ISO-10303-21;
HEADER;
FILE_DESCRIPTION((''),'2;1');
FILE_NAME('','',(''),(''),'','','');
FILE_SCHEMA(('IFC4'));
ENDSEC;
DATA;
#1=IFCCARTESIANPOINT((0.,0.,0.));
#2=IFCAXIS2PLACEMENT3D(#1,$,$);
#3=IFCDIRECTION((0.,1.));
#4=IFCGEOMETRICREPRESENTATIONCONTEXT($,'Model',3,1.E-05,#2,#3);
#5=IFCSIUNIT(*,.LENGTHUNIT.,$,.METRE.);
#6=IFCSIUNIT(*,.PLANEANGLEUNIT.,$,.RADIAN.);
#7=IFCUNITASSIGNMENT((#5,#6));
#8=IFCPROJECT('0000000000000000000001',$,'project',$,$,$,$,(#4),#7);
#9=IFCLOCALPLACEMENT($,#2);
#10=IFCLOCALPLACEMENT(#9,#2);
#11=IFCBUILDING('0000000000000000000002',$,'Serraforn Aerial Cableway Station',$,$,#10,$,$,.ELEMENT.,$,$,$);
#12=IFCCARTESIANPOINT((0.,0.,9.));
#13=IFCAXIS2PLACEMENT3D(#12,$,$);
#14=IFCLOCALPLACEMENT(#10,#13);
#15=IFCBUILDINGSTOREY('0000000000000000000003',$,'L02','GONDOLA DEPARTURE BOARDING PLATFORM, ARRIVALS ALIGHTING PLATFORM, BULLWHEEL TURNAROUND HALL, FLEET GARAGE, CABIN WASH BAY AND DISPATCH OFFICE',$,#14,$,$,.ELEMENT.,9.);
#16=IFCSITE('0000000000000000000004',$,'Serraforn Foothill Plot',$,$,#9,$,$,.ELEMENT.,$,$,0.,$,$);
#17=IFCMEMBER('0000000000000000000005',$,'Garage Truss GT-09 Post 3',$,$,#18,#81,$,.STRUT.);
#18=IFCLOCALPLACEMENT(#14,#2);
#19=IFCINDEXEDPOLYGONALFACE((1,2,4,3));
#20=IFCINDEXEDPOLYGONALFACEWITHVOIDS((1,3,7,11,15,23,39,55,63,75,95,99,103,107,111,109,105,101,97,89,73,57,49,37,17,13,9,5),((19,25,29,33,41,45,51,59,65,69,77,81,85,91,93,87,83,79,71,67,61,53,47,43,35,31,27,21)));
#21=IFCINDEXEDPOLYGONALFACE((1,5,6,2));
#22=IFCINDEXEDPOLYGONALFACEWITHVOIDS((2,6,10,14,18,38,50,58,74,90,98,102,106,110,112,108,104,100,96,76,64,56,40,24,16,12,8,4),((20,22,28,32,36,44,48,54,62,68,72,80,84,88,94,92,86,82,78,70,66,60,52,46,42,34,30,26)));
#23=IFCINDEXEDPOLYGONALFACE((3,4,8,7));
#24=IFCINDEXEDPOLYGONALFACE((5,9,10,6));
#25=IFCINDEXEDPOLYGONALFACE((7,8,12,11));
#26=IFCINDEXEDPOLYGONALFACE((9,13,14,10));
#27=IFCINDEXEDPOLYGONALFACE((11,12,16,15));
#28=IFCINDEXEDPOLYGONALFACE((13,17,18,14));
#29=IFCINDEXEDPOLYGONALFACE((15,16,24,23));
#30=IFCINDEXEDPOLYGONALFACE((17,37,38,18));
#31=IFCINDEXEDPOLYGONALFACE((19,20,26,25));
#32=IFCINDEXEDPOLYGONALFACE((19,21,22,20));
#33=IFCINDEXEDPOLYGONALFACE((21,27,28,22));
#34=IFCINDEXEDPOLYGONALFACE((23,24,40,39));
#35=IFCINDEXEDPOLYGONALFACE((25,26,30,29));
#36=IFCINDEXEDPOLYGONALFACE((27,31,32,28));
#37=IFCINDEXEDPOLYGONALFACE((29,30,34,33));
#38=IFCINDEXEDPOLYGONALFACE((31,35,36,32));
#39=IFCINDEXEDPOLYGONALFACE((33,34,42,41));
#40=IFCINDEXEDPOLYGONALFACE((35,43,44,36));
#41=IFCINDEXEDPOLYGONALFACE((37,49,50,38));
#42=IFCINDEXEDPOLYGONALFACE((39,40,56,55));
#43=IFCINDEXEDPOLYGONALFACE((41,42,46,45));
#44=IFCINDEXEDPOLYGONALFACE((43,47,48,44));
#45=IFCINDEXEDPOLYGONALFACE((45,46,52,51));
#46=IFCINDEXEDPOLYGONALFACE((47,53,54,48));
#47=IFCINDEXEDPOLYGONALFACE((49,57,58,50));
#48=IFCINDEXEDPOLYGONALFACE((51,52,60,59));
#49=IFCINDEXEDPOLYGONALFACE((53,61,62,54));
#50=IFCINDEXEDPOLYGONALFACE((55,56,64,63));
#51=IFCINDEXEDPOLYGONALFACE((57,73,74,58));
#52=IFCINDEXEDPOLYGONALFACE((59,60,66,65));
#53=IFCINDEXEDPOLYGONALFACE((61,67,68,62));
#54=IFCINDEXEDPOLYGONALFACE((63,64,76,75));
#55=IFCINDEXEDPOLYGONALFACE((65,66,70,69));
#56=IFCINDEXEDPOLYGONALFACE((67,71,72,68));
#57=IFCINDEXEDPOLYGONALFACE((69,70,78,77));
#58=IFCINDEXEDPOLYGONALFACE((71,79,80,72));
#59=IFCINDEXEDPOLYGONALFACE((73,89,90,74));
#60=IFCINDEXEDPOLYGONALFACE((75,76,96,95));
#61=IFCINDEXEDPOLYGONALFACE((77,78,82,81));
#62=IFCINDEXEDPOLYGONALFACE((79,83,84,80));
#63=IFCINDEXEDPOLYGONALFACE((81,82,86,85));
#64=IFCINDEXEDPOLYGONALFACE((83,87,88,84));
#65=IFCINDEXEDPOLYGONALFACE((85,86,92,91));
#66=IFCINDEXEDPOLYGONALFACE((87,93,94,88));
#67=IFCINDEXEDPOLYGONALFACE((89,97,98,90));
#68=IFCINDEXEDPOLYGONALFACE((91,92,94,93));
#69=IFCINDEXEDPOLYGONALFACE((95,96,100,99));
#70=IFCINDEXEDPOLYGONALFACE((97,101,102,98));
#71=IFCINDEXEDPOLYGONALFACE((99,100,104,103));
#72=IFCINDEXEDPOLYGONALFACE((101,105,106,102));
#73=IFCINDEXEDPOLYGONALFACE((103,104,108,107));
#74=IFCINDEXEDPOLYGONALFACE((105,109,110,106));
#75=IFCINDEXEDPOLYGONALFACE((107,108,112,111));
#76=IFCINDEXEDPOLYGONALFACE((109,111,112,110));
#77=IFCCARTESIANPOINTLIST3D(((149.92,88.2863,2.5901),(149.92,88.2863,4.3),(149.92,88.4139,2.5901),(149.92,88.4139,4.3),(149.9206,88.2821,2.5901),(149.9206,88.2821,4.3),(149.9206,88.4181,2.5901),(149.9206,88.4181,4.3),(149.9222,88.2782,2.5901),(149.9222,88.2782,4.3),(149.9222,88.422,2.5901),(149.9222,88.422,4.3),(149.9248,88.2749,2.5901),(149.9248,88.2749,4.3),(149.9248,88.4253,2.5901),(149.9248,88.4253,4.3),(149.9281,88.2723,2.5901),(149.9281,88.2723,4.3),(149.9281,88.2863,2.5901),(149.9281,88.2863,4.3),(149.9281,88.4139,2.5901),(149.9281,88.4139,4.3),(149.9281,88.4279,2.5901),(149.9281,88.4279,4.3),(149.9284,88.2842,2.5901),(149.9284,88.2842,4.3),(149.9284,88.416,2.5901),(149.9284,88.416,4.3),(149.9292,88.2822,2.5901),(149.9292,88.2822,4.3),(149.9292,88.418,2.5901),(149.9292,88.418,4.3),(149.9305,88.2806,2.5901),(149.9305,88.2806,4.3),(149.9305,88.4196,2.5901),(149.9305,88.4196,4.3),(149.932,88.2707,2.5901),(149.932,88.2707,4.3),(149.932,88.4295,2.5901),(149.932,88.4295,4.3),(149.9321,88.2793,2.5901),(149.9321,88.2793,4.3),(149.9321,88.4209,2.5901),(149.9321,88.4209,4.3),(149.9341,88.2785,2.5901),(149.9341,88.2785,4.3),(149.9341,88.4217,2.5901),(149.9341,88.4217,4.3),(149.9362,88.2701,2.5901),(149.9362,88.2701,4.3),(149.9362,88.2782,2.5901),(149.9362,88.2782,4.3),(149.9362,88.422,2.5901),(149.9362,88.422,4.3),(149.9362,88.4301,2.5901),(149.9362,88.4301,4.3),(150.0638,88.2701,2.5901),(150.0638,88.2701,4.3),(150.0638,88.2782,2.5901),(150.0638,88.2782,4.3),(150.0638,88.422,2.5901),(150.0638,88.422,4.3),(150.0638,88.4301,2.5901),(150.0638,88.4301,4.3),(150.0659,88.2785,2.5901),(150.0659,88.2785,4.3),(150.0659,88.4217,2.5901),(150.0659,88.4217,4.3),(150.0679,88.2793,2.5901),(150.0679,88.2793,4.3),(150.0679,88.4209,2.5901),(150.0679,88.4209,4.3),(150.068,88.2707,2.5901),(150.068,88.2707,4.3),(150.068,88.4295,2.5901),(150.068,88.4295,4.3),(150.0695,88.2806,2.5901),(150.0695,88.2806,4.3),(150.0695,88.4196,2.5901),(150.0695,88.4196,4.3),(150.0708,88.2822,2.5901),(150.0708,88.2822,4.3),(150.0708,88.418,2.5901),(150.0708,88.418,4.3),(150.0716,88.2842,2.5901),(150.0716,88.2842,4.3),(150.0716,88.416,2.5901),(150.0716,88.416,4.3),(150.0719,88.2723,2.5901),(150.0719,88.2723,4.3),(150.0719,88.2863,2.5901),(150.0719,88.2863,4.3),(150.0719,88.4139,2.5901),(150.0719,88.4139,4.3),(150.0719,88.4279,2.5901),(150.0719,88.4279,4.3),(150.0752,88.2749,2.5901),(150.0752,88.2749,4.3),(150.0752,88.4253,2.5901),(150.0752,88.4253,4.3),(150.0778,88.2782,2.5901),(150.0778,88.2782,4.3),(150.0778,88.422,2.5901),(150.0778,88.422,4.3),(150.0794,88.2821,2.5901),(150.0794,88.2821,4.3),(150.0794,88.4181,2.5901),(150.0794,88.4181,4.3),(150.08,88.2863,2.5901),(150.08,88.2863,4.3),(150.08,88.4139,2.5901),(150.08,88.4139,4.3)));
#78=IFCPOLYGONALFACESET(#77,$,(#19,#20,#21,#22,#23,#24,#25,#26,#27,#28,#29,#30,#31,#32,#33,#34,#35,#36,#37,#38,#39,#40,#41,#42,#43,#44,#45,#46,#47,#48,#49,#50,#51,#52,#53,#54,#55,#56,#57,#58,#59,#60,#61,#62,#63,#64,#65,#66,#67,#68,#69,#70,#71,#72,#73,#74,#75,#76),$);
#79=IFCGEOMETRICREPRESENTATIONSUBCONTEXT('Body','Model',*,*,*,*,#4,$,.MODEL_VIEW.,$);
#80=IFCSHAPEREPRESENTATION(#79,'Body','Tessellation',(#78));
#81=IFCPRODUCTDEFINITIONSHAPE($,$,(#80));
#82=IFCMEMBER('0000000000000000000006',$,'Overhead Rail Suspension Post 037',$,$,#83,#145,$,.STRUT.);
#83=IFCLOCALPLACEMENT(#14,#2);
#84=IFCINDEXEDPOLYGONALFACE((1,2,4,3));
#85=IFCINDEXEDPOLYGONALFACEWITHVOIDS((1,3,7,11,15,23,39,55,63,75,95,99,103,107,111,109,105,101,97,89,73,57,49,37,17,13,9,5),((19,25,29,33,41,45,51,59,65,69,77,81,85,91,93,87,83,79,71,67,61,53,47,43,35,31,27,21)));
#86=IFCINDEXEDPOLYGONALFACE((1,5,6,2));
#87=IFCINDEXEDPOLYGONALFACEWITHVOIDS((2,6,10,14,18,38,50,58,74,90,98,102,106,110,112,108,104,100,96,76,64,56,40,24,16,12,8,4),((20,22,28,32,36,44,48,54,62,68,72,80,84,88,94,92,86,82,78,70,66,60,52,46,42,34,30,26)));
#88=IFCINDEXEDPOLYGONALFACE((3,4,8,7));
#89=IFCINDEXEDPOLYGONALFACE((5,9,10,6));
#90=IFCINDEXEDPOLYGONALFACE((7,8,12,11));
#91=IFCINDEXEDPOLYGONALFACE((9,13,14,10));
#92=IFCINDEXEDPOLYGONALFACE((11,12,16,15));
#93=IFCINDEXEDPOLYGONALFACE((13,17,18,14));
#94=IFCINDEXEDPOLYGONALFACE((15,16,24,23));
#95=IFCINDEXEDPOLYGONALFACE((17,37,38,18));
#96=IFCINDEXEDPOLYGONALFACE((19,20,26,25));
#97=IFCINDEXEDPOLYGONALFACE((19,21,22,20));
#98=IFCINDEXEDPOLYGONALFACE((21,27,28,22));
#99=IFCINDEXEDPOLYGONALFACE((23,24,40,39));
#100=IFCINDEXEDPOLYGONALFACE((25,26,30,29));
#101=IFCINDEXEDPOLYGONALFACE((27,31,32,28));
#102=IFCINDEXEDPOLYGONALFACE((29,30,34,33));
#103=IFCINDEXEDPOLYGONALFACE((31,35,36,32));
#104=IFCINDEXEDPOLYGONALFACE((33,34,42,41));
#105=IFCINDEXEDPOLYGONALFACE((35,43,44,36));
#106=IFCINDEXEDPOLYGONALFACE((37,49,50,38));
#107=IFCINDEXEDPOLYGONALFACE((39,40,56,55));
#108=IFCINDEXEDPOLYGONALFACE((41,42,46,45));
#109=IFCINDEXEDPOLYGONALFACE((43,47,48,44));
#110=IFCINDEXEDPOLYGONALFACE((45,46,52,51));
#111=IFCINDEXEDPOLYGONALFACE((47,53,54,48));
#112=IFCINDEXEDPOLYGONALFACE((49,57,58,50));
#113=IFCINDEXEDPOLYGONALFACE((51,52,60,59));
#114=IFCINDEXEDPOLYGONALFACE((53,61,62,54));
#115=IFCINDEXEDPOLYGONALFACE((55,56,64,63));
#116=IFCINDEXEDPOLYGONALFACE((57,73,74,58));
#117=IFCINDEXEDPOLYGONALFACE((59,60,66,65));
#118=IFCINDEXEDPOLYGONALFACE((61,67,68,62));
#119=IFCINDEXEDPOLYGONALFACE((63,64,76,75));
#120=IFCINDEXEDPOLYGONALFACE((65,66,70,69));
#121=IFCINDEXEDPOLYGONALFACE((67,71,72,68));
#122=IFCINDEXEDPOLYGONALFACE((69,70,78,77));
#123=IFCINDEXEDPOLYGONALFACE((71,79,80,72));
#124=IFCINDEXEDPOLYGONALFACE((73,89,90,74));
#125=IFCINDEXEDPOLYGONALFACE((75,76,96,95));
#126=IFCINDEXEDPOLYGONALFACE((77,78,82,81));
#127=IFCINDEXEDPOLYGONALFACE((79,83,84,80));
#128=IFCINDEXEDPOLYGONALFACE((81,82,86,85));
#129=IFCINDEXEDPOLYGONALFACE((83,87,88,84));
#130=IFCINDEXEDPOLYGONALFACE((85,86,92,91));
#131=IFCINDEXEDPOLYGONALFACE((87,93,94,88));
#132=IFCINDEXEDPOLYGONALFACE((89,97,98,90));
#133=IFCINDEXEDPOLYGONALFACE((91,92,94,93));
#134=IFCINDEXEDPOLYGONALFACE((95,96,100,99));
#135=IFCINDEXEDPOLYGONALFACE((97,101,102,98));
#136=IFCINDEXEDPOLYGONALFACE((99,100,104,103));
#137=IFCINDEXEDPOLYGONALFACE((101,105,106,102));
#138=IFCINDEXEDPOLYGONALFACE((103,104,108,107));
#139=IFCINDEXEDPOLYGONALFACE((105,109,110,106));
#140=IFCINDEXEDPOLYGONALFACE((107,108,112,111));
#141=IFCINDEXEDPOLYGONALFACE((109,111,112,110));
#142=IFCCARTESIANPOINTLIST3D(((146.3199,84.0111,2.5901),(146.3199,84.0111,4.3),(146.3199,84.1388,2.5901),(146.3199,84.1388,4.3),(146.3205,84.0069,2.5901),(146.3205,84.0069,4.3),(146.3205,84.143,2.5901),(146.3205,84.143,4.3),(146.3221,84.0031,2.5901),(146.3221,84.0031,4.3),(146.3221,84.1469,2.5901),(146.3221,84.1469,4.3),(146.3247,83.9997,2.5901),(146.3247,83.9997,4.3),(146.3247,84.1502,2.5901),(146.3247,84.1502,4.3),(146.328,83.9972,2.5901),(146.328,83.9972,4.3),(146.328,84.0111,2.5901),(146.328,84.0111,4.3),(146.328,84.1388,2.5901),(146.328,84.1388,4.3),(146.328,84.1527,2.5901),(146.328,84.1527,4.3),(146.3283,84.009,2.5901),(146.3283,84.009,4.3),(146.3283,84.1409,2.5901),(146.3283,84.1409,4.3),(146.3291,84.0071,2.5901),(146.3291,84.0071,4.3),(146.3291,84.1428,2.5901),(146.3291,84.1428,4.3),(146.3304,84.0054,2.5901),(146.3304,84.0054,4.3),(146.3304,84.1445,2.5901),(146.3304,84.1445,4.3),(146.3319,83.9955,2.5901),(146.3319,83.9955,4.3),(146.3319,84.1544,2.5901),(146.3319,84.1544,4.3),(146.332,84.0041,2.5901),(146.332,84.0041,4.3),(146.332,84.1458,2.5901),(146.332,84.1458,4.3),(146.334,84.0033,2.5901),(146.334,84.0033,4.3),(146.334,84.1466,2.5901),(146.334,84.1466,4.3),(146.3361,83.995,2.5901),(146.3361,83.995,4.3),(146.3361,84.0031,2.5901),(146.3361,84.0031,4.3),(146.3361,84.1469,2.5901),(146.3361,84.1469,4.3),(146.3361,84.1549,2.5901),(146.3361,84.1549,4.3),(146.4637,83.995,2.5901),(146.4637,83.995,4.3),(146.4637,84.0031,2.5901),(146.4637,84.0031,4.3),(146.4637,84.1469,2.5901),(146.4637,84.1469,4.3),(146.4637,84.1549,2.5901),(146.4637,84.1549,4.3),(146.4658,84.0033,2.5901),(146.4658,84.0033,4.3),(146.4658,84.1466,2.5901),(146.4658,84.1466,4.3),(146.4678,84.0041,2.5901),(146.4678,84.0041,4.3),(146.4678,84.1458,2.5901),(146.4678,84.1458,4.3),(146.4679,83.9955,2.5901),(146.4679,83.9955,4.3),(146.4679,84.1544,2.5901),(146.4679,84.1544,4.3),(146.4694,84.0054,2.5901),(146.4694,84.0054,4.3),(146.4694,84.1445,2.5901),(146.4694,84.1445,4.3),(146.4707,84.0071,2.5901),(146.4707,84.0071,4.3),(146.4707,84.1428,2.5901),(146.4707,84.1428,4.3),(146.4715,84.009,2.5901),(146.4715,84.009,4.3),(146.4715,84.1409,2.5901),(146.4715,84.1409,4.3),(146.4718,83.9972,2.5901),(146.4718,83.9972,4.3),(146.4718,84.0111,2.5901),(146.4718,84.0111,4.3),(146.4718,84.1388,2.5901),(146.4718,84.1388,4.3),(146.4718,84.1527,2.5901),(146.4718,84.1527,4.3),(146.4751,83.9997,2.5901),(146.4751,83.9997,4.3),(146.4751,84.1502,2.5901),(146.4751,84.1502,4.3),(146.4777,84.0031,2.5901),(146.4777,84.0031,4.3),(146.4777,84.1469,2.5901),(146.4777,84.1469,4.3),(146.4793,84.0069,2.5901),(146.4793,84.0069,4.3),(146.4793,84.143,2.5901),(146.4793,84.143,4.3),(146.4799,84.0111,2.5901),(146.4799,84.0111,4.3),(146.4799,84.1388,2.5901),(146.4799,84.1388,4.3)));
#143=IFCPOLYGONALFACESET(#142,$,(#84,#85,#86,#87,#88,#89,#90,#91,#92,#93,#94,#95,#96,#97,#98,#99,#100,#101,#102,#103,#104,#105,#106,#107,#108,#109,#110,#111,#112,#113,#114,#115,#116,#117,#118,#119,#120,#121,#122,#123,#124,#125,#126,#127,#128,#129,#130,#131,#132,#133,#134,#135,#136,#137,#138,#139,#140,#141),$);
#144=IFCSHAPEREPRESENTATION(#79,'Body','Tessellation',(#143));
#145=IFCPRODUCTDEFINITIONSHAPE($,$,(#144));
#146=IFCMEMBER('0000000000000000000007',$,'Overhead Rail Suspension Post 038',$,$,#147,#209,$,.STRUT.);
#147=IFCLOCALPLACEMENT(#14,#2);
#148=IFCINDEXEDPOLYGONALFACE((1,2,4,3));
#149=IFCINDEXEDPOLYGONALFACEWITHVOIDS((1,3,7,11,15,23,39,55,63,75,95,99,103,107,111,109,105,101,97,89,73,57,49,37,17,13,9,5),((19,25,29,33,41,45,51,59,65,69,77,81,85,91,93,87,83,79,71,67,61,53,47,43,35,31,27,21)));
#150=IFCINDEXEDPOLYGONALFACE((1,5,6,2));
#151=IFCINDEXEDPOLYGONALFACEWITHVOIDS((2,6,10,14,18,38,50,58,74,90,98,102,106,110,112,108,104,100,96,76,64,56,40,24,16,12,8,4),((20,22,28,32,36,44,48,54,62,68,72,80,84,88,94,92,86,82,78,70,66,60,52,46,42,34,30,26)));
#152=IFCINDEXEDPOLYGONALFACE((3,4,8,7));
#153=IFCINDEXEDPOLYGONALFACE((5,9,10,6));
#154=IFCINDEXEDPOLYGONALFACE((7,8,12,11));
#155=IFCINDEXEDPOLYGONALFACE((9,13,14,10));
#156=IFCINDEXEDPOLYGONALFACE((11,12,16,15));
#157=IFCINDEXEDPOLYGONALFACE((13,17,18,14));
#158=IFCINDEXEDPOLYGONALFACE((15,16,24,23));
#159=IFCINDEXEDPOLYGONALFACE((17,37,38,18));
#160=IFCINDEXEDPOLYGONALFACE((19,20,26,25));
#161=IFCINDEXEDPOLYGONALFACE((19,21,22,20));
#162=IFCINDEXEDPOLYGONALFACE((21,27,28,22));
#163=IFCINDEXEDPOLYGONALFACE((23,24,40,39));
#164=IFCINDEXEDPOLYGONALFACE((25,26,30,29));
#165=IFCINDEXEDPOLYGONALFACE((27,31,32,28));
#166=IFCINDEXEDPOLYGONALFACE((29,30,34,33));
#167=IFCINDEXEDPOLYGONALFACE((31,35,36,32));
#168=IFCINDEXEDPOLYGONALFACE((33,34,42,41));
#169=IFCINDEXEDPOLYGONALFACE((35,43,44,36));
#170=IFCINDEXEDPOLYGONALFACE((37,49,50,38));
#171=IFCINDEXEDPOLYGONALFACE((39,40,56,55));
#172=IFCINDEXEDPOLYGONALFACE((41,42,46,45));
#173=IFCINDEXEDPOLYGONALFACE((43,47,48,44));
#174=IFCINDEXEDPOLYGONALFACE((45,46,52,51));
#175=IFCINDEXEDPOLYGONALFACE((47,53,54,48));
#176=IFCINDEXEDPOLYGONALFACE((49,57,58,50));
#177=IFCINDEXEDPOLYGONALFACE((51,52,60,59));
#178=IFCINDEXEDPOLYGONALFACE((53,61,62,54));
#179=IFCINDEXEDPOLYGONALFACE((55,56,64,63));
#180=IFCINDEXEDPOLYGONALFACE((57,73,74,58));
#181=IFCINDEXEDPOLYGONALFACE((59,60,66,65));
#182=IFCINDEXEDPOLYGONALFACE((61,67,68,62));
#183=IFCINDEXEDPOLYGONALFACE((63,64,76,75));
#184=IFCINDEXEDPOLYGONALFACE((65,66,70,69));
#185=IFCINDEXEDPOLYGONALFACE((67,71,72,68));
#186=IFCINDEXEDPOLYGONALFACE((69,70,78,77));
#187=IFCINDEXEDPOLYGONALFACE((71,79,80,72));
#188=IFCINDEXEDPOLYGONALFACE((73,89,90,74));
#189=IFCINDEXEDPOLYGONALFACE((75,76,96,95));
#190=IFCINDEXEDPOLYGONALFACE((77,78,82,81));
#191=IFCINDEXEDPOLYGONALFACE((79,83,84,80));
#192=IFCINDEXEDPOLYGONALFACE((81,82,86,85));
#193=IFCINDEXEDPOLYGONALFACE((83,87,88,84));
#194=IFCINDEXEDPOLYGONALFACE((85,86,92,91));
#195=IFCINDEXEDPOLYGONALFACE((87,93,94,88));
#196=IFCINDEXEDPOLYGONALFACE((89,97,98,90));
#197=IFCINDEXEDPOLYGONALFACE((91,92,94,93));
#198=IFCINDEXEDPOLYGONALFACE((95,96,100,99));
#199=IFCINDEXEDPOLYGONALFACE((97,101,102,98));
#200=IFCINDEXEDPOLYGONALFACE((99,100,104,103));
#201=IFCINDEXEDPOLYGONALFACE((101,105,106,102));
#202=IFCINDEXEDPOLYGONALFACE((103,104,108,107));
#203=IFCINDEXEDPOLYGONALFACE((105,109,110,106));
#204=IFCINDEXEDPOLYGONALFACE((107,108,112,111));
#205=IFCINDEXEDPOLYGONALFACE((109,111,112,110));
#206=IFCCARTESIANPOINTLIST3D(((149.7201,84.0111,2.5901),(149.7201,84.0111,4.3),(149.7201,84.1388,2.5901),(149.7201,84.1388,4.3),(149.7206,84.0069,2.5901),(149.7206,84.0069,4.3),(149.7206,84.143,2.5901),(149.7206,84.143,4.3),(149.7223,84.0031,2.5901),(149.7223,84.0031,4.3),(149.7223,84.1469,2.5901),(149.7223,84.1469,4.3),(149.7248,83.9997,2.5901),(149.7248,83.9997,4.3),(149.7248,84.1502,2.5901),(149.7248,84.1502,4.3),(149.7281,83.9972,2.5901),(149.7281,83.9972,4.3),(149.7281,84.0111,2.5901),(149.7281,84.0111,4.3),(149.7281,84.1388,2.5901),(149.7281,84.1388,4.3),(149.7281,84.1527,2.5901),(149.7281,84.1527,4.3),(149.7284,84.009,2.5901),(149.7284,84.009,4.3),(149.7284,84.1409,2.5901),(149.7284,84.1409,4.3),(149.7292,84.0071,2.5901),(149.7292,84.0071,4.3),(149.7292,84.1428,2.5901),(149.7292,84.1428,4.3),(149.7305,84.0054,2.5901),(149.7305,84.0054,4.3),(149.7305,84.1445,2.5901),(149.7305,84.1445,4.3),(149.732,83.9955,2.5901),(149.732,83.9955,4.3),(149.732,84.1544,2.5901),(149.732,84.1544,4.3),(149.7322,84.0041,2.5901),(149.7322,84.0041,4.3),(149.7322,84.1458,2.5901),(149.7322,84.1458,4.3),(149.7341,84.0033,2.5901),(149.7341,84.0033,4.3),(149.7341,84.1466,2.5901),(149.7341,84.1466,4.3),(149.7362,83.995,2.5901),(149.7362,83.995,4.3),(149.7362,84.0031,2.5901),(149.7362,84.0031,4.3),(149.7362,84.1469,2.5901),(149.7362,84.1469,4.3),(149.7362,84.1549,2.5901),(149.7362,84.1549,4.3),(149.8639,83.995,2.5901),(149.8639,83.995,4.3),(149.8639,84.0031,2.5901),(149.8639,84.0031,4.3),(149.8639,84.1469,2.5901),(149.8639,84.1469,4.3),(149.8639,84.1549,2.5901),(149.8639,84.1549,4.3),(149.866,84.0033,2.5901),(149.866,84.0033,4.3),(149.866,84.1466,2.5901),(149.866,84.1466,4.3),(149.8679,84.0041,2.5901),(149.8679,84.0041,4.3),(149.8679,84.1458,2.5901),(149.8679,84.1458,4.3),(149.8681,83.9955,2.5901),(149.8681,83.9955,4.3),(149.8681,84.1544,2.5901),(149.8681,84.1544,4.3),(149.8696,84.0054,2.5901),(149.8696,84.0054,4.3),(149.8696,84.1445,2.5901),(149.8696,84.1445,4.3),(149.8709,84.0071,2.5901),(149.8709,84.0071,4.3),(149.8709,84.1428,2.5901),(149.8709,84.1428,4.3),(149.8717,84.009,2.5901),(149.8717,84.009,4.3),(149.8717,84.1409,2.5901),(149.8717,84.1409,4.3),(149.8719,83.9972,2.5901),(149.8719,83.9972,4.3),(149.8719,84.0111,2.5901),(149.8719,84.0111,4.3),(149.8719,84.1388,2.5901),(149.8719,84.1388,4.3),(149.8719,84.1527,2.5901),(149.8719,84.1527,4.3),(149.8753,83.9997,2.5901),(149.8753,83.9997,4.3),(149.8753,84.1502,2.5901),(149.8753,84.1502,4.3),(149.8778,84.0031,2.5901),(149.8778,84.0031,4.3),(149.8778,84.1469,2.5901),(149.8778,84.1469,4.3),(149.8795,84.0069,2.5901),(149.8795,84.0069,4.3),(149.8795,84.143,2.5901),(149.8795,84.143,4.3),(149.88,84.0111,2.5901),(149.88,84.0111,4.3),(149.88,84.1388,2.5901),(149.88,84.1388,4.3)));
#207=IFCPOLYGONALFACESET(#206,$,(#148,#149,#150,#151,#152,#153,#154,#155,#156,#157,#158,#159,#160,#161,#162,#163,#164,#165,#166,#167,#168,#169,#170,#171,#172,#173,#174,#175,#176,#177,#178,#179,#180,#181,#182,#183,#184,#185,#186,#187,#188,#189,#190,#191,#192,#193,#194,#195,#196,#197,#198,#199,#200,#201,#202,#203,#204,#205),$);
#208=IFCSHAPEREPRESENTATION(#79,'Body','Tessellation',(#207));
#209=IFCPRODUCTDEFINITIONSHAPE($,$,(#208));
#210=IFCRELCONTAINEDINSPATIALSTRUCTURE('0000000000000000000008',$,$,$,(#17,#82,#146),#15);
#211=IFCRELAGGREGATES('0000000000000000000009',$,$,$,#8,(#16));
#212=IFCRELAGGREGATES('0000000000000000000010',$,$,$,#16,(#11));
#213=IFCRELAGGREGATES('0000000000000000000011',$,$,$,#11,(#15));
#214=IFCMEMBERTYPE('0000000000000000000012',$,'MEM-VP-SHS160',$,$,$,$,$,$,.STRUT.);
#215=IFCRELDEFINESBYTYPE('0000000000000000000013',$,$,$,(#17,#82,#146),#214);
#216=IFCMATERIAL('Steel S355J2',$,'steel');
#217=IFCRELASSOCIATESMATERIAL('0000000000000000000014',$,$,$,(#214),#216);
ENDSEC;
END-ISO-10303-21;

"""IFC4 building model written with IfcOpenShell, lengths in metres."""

from ifc_helpers import new_model, si_unit, direction, frame, origin, origin_2d, place, context, subcontext, project, spatial, hollow_rectangle, extrude, material, material_profile, profile_set, type_object, element, save


model = new_model("IFC4")

# Units and contexts
model_context = context("Model", 3, precision=1e-05, world=origin(), true_north=direction((0.0, 1.0)))
body_context = subcontext(model_context, "Body", "Model", "MODEL_VIEW")
ifc_project = project(units=[si_unit("LENGTHUNIT", "METRE"), si_unit("PLANEANGLEUNIT", "RADIAN")], contexts=[model_context])

# Site, building, storey
site_placement = place(None, origin())
site = spatial("IfcSite", under=ifc_project, at=site_placement, Name="Serraforn Foothill Plot", CompositionType="ELEMENT", RefElevation=0.0)
building_placement = place(site_placement, origin())
building = spatial("IfcBuilding", under=site, at=building_placement, Name="Serraforn Aerial Cableway Station", CompositionType="ELEMENT")
storey_placement = place(building_placement, frame((0.0, 0.0, 9.0)))
storey = spatial("IfcBuildingStorey", under=building, at=storey_placement, Name="L02", Description="GONDOLA DEPARTURE BOARDING PLATFORM, ARRIVALS ALIGHTING PLATFORM, BULLWHEEL TURNAROUND HALL, FLEET GARAGE, CABIN WASH BAY AND DISPATCH OFFICE", CompositionType="ELEMENT", Elevation=9.0)

# Members
ifc_material_1 = material(Name="Steel S355J2", Category="steel")
ifc_material_profile_1 = material_profile(ifc_material_1, hollow_rectangle(XDim=0.1599, YDim=0.1599, WallThickness=0.0081, InnerFilletRadius=0.0081, OuterFilletRadius=0.0161, at=origin_2d()), Name="SHS 160x160x8.0")
ifc_profile_set_1 = profile_set([ifc_material_profile_1], Name="Steel S355J2")
member_type_1 = type_object("IfcMemberType", Name="MEM-VP-SHS160", PredefinedType="STRUT", material=ifc_profile_set_1)
for number, where, z_axis, x_axis, name in (
    (1, (150.0, 88.3501, 2.5901), (0.0, 0.0, 1.0), (1.0, 0.0, 0.0), "Garage Truss GT-09 Post 3"),
    (2, (146.3999, 84.075, 2.5901), (0.0, 0.0, 1.0), (1.0, 0.0, 0.0), "Overhead Rail Suspension Post 037"),
    (3, (149.8, 84.075, 2.5901), (0.0, 0.0, 1.0), (1.0, 0.0, 0.0), "Overhead Rail Suspension Post 038"),
):
    element("IfcMember", number, at=place(storey_placement, frame(where, z_axis=z_axis, x_axis=x_axis)), inside=storey, type_object=member_type_1, Name=name, PredefinedType="STRUT", context=body_context, shape_type="SweptSolid", body=[
        extrude(hollow_rectangle(XDim=0.1599, YDim=0.1599, WallThickness=0.0081, InnerFilletRadius=0.0081, OuterFilletRadius=0.0161, at=origin_2d()), origin(), (0.0, 0.0, 1.0), 1.71),
    ])

save(model, "model.ifc")
